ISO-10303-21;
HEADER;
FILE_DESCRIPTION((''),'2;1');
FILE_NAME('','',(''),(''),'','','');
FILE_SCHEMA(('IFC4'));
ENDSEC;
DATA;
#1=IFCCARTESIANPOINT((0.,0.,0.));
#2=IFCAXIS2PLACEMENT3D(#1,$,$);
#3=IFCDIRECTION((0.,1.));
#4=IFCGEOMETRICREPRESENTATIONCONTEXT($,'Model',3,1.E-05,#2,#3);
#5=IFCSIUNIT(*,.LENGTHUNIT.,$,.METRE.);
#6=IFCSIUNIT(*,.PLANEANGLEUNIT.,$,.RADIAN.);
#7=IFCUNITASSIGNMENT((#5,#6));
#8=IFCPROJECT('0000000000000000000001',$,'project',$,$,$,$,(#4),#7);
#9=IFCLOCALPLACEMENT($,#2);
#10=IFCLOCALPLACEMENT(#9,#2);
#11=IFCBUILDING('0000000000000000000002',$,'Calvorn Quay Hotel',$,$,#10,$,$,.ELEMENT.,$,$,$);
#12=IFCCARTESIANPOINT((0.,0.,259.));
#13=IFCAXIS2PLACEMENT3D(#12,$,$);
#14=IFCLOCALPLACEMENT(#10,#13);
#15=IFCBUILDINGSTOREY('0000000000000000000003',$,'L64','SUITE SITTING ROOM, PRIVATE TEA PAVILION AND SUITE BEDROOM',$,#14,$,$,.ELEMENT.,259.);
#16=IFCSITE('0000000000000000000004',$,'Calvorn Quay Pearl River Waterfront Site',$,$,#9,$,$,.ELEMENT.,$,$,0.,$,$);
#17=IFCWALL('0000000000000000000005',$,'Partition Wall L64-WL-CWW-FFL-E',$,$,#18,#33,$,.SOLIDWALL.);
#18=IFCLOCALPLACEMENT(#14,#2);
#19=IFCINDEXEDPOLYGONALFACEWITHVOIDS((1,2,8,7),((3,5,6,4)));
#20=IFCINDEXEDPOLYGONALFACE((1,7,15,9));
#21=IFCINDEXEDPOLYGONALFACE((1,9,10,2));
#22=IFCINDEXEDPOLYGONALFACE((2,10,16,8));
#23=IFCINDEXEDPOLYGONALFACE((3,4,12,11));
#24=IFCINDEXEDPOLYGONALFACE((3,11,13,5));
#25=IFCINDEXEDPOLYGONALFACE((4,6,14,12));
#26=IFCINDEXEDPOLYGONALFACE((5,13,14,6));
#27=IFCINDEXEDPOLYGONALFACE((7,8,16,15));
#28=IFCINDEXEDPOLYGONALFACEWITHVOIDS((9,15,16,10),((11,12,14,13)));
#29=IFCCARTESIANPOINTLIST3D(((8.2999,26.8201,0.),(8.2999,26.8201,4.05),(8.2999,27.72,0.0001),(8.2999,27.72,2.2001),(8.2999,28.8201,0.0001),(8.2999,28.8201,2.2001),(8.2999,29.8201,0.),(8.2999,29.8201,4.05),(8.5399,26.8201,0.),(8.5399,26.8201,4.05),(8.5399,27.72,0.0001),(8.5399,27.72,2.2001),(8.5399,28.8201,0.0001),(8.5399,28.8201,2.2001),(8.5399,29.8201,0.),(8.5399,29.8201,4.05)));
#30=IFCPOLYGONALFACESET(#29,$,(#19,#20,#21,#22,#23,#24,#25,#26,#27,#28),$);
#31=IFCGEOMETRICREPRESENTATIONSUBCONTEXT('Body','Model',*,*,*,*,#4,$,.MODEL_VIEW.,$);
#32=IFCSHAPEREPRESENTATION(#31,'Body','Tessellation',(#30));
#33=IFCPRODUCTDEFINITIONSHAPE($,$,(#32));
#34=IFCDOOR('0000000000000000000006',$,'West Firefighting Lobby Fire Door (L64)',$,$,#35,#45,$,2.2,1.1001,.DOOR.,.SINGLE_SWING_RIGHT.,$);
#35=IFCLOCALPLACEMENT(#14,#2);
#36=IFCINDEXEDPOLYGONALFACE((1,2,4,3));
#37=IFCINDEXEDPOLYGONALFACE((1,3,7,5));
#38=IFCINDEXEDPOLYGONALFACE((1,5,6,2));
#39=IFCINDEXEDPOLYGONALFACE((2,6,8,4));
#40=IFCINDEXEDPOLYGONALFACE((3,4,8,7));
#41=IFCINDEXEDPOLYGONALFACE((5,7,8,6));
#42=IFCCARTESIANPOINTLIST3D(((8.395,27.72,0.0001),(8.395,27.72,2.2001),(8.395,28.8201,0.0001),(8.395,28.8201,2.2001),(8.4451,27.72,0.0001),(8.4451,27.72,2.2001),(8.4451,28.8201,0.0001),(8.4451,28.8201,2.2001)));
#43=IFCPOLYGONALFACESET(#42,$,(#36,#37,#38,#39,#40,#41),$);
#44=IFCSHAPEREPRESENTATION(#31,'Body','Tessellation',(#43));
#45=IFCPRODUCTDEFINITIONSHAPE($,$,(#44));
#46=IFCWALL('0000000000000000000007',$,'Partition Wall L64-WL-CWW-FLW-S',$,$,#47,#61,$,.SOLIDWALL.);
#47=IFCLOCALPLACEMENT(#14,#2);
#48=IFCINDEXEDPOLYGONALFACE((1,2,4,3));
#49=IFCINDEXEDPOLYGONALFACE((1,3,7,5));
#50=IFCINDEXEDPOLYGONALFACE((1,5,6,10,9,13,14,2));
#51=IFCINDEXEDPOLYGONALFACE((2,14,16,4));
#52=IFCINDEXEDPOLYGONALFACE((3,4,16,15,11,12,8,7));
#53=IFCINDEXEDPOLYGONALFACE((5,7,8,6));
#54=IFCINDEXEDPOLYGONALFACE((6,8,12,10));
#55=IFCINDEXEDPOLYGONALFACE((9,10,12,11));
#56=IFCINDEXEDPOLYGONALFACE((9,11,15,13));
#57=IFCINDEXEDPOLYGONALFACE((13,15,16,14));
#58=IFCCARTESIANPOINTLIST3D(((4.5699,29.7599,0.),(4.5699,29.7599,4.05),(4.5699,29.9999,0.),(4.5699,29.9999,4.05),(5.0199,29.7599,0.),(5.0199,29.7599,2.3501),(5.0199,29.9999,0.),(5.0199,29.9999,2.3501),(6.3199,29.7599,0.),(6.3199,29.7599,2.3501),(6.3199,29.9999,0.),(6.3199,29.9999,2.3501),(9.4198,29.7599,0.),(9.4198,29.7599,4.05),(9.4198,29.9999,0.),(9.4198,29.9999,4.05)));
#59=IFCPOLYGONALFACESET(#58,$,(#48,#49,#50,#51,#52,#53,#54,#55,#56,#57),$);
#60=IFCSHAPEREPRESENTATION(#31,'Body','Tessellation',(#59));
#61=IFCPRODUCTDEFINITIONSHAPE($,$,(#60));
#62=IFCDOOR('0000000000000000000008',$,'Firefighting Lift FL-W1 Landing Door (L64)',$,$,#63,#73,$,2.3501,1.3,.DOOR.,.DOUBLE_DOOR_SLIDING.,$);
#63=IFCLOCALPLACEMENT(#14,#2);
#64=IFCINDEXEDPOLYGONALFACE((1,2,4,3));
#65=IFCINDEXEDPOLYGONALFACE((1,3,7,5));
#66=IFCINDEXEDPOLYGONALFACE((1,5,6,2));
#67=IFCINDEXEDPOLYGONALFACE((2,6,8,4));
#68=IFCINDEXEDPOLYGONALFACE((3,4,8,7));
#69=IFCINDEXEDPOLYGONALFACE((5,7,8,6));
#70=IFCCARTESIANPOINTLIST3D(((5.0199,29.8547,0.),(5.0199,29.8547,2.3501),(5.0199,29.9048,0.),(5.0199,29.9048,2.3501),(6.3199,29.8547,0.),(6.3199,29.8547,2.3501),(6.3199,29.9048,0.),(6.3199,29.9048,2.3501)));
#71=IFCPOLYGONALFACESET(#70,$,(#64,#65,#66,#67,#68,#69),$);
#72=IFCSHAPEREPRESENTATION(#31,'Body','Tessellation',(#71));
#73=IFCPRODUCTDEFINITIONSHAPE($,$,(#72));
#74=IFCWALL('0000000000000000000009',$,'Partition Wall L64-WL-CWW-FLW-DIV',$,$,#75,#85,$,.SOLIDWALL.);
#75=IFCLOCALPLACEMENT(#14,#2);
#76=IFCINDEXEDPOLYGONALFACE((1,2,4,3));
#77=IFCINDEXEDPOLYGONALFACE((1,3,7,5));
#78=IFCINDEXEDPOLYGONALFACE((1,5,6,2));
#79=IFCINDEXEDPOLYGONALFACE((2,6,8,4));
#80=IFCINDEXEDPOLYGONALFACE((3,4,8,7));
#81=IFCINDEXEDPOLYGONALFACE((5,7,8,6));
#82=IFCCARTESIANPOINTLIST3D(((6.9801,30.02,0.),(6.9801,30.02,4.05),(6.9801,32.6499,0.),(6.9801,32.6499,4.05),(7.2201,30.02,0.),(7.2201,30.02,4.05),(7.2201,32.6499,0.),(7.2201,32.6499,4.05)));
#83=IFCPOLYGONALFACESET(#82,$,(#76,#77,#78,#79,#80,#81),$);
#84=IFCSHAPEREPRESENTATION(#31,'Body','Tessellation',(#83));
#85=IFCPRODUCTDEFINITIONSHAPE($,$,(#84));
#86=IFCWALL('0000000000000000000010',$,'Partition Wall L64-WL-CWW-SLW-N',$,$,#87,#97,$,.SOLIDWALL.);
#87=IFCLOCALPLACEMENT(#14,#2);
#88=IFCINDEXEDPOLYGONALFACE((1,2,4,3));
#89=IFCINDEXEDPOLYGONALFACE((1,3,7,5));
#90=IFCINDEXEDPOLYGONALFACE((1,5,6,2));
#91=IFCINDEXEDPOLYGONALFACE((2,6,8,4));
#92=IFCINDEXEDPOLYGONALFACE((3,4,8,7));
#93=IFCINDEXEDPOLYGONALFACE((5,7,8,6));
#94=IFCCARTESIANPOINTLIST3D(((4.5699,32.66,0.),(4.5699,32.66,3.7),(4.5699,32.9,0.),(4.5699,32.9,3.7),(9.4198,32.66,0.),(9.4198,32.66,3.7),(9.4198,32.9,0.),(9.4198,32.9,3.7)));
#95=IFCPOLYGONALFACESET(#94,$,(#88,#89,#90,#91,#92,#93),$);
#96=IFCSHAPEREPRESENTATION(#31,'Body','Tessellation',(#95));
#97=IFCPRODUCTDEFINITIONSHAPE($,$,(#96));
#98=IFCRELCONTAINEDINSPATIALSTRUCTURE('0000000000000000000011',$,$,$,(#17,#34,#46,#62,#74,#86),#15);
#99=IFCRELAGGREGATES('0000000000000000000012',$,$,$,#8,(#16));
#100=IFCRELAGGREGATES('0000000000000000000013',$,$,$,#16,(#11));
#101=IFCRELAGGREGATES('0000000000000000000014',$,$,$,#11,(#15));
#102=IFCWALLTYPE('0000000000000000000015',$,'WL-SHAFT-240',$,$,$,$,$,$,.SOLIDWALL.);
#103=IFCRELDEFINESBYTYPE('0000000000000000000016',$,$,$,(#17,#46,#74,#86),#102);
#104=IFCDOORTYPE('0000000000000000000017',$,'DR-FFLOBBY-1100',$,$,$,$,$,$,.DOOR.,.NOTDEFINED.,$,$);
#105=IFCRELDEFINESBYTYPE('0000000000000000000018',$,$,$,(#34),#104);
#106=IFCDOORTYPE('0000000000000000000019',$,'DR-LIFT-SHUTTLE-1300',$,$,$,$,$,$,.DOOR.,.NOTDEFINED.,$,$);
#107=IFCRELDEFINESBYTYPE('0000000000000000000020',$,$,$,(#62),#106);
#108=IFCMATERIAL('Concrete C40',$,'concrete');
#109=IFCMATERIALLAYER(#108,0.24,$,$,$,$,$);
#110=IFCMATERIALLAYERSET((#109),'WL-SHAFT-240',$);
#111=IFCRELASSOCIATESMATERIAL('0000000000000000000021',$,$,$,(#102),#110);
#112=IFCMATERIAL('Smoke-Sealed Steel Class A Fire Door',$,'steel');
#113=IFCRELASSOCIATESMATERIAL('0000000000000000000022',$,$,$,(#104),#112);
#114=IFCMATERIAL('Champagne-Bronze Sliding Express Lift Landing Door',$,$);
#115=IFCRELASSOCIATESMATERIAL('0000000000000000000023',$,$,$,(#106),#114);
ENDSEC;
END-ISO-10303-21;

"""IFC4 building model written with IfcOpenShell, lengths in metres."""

from ifc_helpers import new_model, si_unit, direction, frame, frame_2d, origin, place, context, subcontext, project, spatial, rectangle, extrude, material, layer, layer_set, type_object, element, fill, save


model = new_model("IFC4")

# Units and contexts
model_context = context("Model", 3, precision=1e-05, world=origin(), true_north=direction((0.0, 1.0)))
body_context = subcontext(model_context, "Body", "Model", "MODEL_VIEW")
ifc_project = project(units=[si_unit("LENGTHUNIT", "METRE"), si_unit("PLANEANGLEUNIT", "RADIAN")], contexts=[model_context])

# Site, building, storey
site_placement = place(None, origin())
site = spatial("IfcSite", under=ifc_project, at=site_placement, Name="Calvorn Quay Pearl River Waterfront Site", CompositionType="ELEMENT", RefElevation=0.0)
building_placement = place(site_placement, origin())
building = spatial("IfcBuilding", under=site, at=building_placement, Name="Calvorn Quay Hotel", CompositionType="ELEMENT")
storey_placement = place(building_placement, frame((0.0, 0.0, 259.0)))
storey = spatial("IfcBuildingStorey", under=building, at=storey_placement, Name="L64", Description="SUITE SITTING ROOM, PRIVATE TEA PAVILION AND SUITE BEDROOM", CompositionType="ELEMENT", Elevation=259.0)

# Walls, openings, doors
ifc_material_1 = material(Name="Concrete C40", Category="concrete")
ifc_layer_1 = layer(ifc_material_1, 0.24)
ifc_layer_set_1 = layer_set([ifc_layer_1], Name="WL-SHAFT-240")
wall_type_1 = type_object("IfcWallType", Name="WL-SHAFT-240", PredefinedType="SOLIDWALL", material=ifc_layer_set_1)
wall_1_placement = place(storey_placement, frame((8.4199, 26.8201, 0.0), z_axis=(0.0, 0.0, 1.0), x_axis=(0.0, 1.0, 0.0)))
wall_1 = element("IfcWall", 1, at=wall_1_placement, inside=storey, type_object=wall_type_1, Name="Partition Wall L64-WL-CWW-FFL-E", PredefinedType="SOLIDWALL", context=body_context, shape_type="SweptSolid", body=[
    extrude(rectangle(XDim=3.0, YDim=0.24, at=frame_2d((1.5, 0.0))), origin(), (0.0, 0.0, 1.0), 4.05),
])
opening_1_placement = place(wall_1_placement, frame((0.8999, 0.0, 0.0)))
opening_1 = element("IfcOpeningElement", 2, at=opening_1_placement, cuts=wall_1, PredefinedType="OPENING", context=body_context, shape_type="SweptSolid", body=[
    extrude(rectangle(XDim=1.1001, YDim=2.2, at=frame_2d((0.55, 1.1001))), frame((0.0, 0.1299, 0.0), z_axis=(0.0, -1.0, 0.0), x_axis=(1.0, 0.0, 0.0)), (0.0, 0.0, 1.0), 0.26),
])
ifc_material_2 = material(Name="Smoke-Sealed Steel Class A Fire Door", Category="steel")
door_type_1 = type_object("IfcDoorType", Name="DR-FFLOBBY-1100", OperationType="NOTDEFINED", PredefinedType="DOOR", material=ifc_material_2)
door_1_placement = place(opening_1_placement, origin())
door_1 = element("IfcDoor", 3, at=door_1_placement, inside=storey, type_object=door_type_1, Name="West Firefighting Lobby Fire Door (L64)", OperationType="SINGLE_SWING_RIGHT", OverallHeight=2.2, OverallWidth=1.1001, PredefinedType="DOOR", context=body_context, shape_type="SweptSolid", body=[
    extrude(rectangle(XDim=1.1001, YDim=2.2, at=frame_2d((0.55, 1.1001))), frame((0.0, 0.0249, 0.0), z_axis=(0.0, -1.0, 0.0), x_axis=(1.0, 0.0, 0.0)), (0.0, 0.0, 1.0), 0.05),
])
fill(opening_1, door_1)
wall_2_placement = place(storey_placement, frame((4.5701, 29.8799, 0.0), z_axis=(0.0, 0.0, 1.0), x_axis=(1.0, 0.0, 0.0)))
wall_2 = element("IfcWall", 4, at=wall_2_placement, inside=storey, type_object=wall_type_1, Name="Partition Wall L64-WL-CWW-FLW-S", PredefinedType="SOLIDWALL", context=body_context, shape_type="SweptSolid", body=[
    extrude(rectangle(XDim=4.8499, YDim=0.24, at=frame_2d((2.4248, 0.0))), origin(), (0.0, 0.0, 1.0), 4.05),
])
opening_2_placement = place(wall_2_placement, frame((0.45, 0.0, 0.0)))
opening_2 = element("IfcOpeningElement", 5, at=opening_2_placement, cuts=wall_2, PredefinedType="OPENING", context=body_context, shape_type="SweptSolid", body=[
    extrude(rectangle(XDim=1.3, YDim=2.3501, at=frame_2d((0.6499, 1.175))), frame((0.0, 0.1299, 0.0), z_axis=(0.0, -1.0, 0.0), x_axis=(1.0, 0.0, 0.0)), (0.0, 0.0, 1.0), 0.26),
])
ifc_material_3 = material(Name="Champagne-Bronze Sliding Express Lift Landing Door")
door_type_2 = type_object("IfcDoorType", Name="DR-LIFT-SHUTTLE-1300", OperationType="NOTDEFINED", PredefinedType="DOOR", material=ifc_material_3)
door_2_placement = place(opening_2_placement, origin())
door_2 = element("IfcDoor", 6, at=door_2_placement, inside=storey, type_object=door_type_2, Name="Firefighting Lift FL-W1 Landing Door (L64)", OperationType="DOUBLE_DOOR_SLIDING", OverallHeight=2.3501, OverallWidth=1.3, PredefinedType="DOOR", context=body_context, shape_type="SweptSolid", body=[
    extrude(rectangle(XDim=1.3, YDim=2.3501, at=frame_2d((0.6499, 1.175))), frame((0.0, 0.0249, 0.0), z_axis=(0.0, -1.0, 0.0), x_axis=(1.0, 0.0, 0.0)), (0.0, 0.0, 1.0), 0.05),
])
fill(opening_2, door_2)

# Walls
wall_3_placement = place(storey_placement, frame((7.1001, 30.02, 0.0), z_axis=(0.0, 0.0, 1.0), x_axis=(0.0, 1.0, 0.0)))
element("IfcWall", 7, at=wall_3_placement, inside=storey, type_object=wall_type_1, Name="Partition Wall L64-WL-CWW-FLW-DIV", PredefinedType="SOLIDWALL", context=body_context, shape_type="SweptSolid", body=[
    extrude(rectangle(XDim=2.6299, YDim=0.24, at=frame_2d((1.3149, 0.0))), origin(), (0.0, 0.0, 1.0), 4.05),
])
wall_4_placement = place(storey_placement, frame((4.5701, 32.78, 0.0), z_axis=(0.0, 0.0, 1.0), x_axis=(1.0, 0.0, 0.0)))
element("IfcWall", 8, at=wall_4_placement, inside=storey, type_object=wall_type_1, Name="Partition Wall L64-WL-CWW-SLW-N", PredefinedType="SOLIDWALL", context=body_context, shape_type="SweptSolid", body=[
    extrude(rectangle(XDim=4.8499, YDim=0.24, at=frame_2d((2.4248, 0.0))), origin(), (0.0, 0.0, 1.0), 3.7),
])

save(model, "model.ifc")
